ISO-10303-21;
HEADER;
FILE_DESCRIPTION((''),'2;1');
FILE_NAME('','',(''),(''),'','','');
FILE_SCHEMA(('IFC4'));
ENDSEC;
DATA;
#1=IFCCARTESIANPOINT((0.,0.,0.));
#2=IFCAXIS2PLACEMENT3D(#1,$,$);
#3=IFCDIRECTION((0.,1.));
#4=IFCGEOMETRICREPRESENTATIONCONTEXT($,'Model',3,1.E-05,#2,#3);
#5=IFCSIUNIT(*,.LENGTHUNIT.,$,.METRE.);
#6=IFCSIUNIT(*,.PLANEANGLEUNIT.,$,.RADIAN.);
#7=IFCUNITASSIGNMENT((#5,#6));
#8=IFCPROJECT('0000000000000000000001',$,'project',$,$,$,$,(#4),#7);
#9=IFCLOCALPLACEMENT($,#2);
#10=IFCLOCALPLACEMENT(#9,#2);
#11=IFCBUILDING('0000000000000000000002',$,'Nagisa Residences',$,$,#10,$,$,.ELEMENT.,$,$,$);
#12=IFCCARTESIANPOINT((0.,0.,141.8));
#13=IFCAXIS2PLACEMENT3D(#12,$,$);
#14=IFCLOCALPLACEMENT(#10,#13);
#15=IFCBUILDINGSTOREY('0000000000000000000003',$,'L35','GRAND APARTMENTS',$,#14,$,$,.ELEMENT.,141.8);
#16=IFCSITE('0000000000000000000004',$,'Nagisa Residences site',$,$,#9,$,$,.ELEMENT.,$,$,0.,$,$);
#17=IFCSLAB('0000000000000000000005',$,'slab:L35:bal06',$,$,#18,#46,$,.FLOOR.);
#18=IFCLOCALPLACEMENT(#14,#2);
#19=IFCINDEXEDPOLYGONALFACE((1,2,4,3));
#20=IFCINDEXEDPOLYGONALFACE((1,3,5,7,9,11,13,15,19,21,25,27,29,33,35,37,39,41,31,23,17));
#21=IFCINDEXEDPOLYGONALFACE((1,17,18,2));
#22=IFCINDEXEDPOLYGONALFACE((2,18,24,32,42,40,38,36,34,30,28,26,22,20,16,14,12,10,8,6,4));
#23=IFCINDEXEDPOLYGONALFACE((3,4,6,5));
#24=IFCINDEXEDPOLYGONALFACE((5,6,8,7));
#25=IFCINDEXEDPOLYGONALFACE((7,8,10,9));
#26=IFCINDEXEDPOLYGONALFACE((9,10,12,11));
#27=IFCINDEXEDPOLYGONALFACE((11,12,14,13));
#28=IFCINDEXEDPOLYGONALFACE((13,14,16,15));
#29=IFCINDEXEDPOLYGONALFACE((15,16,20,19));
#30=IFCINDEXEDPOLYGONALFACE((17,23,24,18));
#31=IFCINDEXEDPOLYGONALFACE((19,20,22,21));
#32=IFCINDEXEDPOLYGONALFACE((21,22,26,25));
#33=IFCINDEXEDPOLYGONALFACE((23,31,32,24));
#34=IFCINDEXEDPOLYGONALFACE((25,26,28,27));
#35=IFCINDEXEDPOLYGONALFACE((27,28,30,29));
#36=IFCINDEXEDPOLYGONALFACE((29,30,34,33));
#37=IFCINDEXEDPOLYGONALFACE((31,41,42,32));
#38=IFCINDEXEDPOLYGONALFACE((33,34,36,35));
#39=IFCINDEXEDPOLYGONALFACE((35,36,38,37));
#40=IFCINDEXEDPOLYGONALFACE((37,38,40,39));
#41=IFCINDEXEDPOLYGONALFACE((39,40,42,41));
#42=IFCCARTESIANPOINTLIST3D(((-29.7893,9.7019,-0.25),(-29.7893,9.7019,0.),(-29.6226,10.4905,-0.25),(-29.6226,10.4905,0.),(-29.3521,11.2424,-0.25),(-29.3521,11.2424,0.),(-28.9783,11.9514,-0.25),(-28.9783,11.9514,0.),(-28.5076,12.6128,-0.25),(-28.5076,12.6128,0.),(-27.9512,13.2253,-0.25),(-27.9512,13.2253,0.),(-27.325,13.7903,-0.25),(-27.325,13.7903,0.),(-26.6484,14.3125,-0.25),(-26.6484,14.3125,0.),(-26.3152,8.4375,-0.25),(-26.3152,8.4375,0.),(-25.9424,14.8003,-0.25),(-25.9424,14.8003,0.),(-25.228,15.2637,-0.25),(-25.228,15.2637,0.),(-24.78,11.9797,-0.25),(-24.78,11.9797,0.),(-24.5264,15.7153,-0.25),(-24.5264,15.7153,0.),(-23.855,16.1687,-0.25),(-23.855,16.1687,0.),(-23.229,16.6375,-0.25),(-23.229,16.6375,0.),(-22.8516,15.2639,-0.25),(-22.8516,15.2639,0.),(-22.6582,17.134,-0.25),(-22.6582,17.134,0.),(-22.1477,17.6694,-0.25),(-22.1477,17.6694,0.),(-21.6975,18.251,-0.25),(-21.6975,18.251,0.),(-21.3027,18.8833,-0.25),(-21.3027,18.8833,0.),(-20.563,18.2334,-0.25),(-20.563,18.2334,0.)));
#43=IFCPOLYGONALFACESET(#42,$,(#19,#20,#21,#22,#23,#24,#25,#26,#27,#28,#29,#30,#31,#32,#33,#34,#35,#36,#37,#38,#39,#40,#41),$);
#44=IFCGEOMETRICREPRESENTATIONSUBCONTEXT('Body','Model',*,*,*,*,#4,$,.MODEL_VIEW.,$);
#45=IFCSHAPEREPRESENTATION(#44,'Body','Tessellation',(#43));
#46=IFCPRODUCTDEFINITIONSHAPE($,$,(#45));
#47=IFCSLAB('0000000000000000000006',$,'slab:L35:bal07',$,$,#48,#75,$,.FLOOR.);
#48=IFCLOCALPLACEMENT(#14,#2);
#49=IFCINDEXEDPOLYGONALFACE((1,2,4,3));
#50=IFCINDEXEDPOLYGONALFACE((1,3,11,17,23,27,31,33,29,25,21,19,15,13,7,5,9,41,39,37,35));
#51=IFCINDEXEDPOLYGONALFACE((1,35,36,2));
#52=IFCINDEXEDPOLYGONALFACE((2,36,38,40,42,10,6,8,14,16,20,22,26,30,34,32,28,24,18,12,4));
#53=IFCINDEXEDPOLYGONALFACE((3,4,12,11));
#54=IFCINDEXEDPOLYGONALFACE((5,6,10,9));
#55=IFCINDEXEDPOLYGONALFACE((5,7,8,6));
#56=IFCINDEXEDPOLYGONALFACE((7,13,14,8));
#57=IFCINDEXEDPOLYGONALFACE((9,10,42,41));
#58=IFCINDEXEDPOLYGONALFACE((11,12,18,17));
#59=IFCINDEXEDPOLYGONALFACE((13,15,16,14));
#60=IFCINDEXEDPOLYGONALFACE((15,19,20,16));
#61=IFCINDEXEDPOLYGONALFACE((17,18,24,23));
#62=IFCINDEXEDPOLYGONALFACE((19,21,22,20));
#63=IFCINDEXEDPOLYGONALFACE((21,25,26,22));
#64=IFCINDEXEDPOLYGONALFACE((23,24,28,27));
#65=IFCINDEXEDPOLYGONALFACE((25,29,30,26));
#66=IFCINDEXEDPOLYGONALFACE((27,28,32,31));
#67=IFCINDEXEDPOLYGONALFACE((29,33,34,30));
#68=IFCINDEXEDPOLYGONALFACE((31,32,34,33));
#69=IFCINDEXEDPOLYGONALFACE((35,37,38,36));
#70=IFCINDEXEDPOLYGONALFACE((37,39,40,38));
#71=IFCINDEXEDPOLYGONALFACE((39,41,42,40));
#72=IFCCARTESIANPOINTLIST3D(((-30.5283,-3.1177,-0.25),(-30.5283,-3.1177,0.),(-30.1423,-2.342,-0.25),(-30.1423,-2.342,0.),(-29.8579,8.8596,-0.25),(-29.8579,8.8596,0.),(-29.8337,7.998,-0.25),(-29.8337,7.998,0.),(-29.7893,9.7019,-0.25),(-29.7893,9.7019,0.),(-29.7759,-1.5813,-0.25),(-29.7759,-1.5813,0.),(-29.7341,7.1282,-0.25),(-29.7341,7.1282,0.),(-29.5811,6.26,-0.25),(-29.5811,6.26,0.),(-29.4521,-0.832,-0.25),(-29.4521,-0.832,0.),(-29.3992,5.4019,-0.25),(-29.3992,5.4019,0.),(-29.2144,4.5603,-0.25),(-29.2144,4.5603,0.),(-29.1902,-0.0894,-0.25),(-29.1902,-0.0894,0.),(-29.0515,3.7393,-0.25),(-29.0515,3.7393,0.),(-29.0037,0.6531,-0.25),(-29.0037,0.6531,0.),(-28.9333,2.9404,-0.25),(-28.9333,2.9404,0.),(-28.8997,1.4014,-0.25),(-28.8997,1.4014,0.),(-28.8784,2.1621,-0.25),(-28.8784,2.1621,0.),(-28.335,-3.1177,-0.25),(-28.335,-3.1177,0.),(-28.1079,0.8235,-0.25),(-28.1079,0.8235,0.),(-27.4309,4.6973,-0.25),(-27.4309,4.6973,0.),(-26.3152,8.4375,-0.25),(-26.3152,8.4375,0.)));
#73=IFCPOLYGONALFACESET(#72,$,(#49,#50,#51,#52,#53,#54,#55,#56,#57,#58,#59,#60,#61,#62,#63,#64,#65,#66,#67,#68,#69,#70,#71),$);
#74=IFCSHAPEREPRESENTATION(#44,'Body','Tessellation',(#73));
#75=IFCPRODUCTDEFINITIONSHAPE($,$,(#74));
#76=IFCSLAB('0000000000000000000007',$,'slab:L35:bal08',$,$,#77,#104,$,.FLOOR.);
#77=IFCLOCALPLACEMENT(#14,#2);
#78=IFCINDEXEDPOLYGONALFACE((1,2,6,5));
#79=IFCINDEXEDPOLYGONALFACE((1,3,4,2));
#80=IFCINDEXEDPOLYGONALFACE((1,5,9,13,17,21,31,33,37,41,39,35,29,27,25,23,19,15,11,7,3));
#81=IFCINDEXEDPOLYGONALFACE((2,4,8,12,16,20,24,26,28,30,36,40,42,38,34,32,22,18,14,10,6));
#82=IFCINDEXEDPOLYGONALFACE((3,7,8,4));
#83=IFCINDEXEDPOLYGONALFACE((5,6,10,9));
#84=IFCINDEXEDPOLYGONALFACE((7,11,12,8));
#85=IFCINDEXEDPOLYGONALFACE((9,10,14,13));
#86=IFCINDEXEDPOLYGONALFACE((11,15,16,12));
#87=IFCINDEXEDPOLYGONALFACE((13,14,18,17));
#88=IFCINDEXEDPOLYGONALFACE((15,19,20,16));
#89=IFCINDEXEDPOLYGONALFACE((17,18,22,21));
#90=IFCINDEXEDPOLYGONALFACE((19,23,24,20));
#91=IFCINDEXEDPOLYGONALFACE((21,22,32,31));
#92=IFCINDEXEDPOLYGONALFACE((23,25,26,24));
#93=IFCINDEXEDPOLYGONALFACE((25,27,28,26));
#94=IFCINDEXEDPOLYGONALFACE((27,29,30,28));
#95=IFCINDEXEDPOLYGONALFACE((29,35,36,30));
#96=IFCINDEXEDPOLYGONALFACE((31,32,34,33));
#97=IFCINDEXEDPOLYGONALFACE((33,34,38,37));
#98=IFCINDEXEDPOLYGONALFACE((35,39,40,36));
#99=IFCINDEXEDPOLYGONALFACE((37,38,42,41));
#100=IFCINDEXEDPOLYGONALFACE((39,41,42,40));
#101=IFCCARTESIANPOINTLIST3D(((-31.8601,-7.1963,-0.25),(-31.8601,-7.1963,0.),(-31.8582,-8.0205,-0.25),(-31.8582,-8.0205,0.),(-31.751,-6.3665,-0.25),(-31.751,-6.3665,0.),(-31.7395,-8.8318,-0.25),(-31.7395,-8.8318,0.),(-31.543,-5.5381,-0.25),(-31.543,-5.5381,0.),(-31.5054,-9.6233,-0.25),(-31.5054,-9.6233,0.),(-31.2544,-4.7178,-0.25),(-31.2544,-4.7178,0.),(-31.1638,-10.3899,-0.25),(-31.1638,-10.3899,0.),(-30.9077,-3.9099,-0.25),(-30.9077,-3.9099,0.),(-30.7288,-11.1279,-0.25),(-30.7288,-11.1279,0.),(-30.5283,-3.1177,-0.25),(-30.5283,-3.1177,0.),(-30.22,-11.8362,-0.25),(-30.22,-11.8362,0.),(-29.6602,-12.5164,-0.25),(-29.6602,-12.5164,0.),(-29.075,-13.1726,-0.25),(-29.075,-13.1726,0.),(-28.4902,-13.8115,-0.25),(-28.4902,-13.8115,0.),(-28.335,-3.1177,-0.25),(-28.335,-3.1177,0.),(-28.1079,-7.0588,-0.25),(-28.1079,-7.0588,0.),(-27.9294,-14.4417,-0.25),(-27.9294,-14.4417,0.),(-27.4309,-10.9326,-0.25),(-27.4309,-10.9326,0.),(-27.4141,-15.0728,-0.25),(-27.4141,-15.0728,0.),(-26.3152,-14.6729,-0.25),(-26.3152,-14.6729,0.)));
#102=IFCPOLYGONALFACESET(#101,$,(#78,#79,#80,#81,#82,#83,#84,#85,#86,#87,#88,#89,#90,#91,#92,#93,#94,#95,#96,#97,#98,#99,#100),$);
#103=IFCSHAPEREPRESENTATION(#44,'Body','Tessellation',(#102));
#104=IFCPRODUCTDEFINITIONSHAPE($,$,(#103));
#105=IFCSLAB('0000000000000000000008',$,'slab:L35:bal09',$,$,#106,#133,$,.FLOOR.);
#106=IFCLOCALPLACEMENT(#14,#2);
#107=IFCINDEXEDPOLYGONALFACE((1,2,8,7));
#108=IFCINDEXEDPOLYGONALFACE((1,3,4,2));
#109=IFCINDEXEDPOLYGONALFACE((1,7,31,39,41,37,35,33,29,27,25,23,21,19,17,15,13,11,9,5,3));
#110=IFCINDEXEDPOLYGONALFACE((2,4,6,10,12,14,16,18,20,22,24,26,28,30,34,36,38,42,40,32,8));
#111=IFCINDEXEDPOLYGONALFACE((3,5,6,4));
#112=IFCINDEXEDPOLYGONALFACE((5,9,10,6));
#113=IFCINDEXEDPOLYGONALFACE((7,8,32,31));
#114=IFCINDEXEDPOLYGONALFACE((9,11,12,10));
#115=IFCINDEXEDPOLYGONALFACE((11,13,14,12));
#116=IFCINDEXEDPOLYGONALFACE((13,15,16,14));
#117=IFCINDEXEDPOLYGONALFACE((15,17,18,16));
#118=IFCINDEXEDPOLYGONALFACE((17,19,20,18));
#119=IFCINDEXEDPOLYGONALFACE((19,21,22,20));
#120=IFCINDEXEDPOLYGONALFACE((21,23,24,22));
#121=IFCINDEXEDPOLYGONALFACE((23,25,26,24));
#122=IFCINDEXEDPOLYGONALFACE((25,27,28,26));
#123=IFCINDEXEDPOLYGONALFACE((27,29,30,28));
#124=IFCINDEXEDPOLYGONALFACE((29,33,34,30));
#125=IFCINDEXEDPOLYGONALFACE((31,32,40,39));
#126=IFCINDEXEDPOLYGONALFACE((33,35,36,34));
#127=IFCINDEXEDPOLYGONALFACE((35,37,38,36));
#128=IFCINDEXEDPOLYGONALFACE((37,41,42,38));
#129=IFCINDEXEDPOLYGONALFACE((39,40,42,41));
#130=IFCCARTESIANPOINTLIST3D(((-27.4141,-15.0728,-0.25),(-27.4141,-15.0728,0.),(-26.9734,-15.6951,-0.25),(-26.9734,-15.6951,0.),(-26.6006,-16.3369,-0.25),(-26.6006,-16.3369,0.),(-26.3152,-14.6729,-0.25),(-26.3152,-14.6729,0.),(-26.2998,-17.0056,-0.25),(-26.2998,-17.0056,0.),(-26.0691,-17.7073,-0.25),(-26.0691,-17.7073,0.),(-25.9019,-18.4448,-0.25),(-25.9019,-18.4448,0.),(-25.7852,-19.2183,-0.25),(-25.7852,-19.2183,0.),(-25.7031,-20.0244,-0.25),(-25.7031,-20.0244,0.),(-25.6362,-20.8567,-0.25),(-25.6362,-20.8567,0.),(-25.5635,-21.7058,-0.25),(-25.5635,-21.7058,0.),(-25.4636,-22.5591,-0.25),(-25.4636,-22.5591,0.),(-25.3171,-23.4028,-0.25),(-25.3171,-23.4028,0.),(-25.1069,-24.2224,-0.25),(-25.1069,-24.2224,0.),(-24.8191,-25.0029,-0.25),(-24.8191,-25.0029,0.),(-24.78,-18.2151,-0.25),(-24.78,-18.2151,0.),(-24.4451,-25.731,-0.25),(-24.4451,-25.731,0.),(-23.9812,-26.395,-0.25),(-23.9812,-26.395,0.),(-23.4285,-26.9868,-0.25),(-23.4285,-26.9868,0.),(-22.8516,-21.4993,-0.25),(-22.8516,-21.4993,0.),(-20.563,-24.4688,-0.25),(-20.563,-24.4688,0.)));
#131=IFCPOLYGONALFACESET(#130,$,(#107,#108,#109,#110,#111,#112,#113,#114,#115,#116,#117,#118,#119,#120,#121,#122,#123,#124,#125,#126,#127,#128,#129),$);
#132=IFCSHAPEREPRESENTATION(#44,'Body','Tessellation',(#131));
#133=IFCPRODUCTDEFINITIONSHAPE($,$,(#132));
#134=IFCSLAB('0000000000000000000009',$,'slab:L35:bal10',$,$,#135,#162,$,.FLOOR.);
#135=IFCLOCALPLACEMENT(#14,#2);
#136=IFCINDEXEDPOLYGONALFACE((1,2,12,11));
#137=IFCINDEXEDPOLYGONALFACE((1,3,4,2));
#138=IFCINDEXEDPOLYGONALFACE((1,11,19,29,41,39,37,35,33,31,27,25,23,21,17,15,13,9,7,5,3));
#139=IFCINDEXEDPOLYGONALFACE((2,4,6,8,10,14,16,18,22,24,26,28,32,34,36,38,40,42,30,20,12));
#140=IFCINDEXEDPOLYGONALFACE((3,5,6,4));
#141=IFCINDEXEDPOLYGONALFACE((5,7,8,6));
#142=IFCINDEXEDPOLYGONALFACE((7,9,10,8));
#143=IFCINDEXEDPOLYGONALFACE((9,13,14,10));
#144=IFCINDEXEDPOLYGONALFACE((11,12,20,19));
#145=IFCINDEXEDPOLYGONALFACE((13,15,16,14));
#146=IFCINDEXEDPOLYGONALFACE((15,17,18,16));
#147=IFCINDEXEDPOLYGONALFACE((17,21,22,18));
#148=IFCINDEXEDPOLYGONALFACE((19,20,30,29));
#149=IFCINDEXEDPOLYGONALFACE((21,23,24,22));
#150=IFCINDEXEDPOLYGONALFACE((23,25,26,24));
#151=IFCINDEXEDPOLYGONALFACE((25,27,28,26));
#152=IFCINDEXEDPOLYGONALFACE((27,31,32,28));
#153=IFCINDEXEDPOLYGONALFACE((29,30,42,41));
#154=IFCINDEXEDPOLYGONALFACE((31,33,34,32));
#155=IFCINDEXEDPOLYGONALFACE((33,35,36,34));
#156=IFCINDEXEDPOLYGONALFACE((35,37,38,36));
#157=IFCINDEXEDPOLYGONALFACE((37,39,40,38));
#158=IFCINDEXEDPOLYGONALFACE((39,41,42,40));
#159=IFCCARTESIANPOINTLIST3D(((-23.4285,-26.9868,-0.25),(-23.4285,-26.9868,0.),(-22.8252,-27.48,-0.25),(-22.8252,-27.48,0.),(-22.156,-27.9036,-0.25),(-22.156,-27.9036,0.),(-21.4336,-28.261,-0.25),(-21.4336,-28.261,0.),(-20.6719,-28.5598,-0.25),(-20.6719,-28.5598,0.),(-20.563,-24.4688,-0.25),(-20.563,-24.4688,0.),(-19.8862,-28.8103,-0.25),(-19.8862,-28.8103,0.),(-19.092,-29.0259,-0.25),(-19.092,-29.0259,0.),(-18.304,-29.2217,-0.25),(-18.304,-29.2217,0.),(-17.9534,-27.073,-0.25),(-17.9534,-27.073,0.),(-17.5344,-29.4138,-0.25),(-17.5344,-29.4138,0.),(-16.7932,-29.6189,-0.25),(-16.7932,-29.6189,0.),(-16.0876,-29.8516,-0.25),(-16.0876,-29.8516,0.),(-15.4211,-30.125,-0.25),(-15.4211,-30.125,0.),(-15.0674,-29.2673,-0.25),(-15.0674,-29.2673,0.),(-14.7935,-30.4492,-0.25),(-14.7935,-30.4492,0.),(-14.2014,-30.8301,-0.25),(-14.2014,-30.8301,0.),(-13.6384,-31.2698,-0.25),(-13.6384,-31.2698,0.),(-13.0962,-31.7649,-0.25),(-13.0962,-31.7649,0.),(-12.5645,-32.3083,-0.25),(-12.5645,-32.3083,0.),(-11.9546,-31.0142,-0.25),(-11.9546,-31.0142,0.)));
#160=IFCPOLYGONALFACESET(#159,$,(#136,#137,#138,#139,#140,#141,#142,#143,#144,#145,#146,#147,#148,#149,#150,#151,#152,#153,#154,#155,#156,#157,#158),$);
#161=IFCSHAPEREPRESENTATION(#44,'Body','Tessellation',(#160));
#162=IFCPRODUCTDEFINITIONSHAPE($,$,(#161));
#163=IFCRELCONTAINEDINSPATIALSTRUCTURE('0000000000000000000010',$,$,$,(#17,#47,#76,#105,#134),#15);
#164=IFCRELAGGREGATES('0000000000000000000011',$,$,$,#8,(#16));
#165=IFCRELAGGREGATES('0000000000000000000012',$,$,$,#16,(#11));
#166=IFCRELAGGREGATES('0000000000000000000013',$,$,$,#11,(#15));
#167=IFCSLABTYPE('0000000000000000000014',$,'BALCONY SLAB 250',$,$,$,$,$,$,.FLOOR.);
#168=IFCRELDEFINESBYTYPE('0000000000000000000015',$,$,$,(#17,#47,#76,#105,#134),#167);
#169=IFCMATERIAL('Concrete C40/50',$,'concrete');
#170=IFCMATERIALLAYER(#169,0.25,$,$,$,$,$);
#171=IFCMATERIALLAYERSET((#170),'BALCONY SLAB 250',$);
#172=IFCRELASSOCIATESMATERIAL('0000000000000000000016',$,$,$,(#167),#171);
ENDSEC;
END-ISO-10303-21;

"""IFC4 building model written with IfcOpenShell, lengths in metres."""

from ifc_helpers import new_model, si_unit, direction, frame, origin, place, context, subcontext, project, spatial, polyline, outline, extrude, material, layer, layer_set, type_object, element, save


model = new_model("IFC4")

# Units and contexts
model_context = context("Model", 3, precision=1e-05, world=origin(), true_north=direction((0.0, 1.0)))
body_context = subcontext(model_context, "Body", "Model", "MODEL_VIEW")
ifc_project = project(units=[si_unit("LENGTHUNIT", "METRE"), si_unit("PLANEANGLEUNIT", "RADIAN")], contexts=[model_context])

# Site, building, storey
site_placement = place(None, origin())
site = spatial("IfcSite", under=ifc_project, at=site_placement, Name="Nagisa Residences site", CompositionType="ELEMENT", RefElevation=0.0)
building_placement = place(site_placement, origin())
building = spatial("IfcBuilding", under=site, at=building_placement, Name="Nagisa Residences", CompositionType="ELEMENT")
storey_placement = place(building_placement, frame((0.0, 0.0, 141.8)))
storey = spatial("IfcBuildingStorey", under=building, at=storey_placement, Name="L35", Description="GRAND APARTMENTS", CompositionType="ELEMENT", Elevation=141.8)

# Slabs
ifc_material_1 = material(Name="Concrete C40/50", Category="concrete")
ifc_layer_1 = layer(ifc_material_1, 0.25)
ifc_layer_set_1 = layer_set([ifc_layer_1], Name="BALCONY SLAB 250")
slab_type = type_object("IfcSlabType", Name="BALCONY SLAB 250", PredefinedType="FLOOR", material=ifc_layer_set_1)
slab_1_placement = place(storey_placement, frame((0.0, 0.0, -0.25)))
element("IfcSlab", 1, at=slab_1_placement, inside=storey, type_object=slab_type, Name="slab:L35:bal06", PredefinedType="FLOOR", context=body_context, shape_type="SweptSolid", body=[
    extrude(outline(polyline([(-21.3027, 18.8833), (-21.6975, 18.251), (-22.1477, 17.6694), (-22.6582, 17.134), (-23.229, 16.6375), (-23.855, 16.1687), (-24.5264, 15.7153), (-25.228, 15.2637), (-25.9424, 14.8003), (-26.6484, 14.3125), (-27.325, 13.7903), (-27.9512, 13.2253), (-28.5076, 12.6128), (-28.9783, 11.9514), (-29.3521, 11.2424), (-29.6226, 10.4905), (-29.7893, 9.7019), (-26.3152, 8.4375), (-24.78, 11.9797), (-22.8516, 15.2639), (-20.563, 18.2334), (-21.3027, 18.8833)])), origin(), (0.0, 0.0, 1.0), 0.25),
])
slab_2_placement = place(storey_placement, frame((0.0, 0.0, -0.25)))
element("IfcSlab", 2, at=slab_2_placement, inside=storey, type_object=slab_type, Name="slab:L35:bal07", PredefinedType="FLOOR", context=body_context, shape_type="SweptSolid", body=[
    extrude(outline(polyline([(-29.7893, 9.7019), (-29.8579, 8.8596), (-29.8337, 7.998), (-29.7341, 7.1282), (-29.5811, 6.26), (-29.3992, 5.4019), (-29.2144, 4.5603), (-29.0515, 3.7393), (-28.9333, 2.9404), (-28.8784, 2.1621), (-28.8997, 1.4014), (-29.0037, 0.6531), (-29.1902, -0.0894), (-29.4521, -0.832), (-29.7759, -1.5813), (-30.1423, -2.342), (-30.5283, -3.1177), (-28.335, -3.1177), (-28.1079, 0.8235), (-27.4309, 4.6973), (-26.3152, 8.4375), (-29.7893, 9.7019)])), origin(), (0.0, 0.0, 1.0), 0.25),
])
slab_3_placement = place(storey_placement, frame((0.0, 0.0, -0.25)))
element("IfcSlab", 3, at=slab_3_placement, inside=storey, type_object=slab_type, Name="slab:L35:bal08", PredefinedType="FLOOR", context=body_context, shape_type="SweptSolid", body=[
    extrude(outline(polyline([(-30.5283, -3.1177), (-30.9077, -3.9099), (-31.2544, -4.7178), (-31.543, -5.5381), (-31.751, -6.3665), (-31.8601, -7.1963), (-31.8582, -8.0205), (-31.7395, -8.8318), (-31.5054, -9.6233), (-31.1638, -10.3899), (-30.7288, -11.1279), (-30.22, -11.8362), (-29.6602, -12.5164), (-29.075, -13.1726), (-28.4902, -13.8115), (-27.9294, -14.4417), (-27.4141, -15.0728), (-26.3152, -14.6729), (-27.4309, -10.9326), (-28.1079, -7.0588), (-28.335, -3.1177), (-30.5283, -3.1177)])), origin(), (0.0, 0.0, 1.0), 0.25),
])
slab_4_placement = place(storey_placement, frame((0.0, 0.0, -0.25)))
element("IfcSlab", 4, at=slab_4_placement, inside=storey, type_object=slab_type, Name="slab:L35:bal09", PredefinedType="FLOOR", context=body_context, shape_type="SweptSolid", body=[
    extrude(outline(polyline([(-27.4141, -15.0728), (-26.9734, -15.6951), (-26.6006, -16.3369), (-26.2998, -17.0056), (-26.0691, -17.7073), (-25.9019, -18.4448), (-25.7852, -19.2183), (-25.7031, -20.0244), (-25.6362, -20.8567), (-25.5635, -21.7058), (-25.4636, -22.5591), (-25.3171, -23.4028), (-25.1069, -24.2224), (-24.8191, -25.0029), (-24.4451, -25.731), (-23.9812, -26.395), (-23.4285, -26.9868), (-20.563, -24.4688), (-22.8516, -21.4993), (-24.78, -18.2151), (-26.3152, -14.6729), (-27.4141, -15.0728)])), origin(), (0.0, 0.0, 1.0), 0.25),
])
slab_5_placement = place(storey_placement, frame((0.0, 0.0, -0.25)))
element("IfcSlab", 5, at=slab_5_placement, inside=storey, type_object=slab_type, Name="slab:L35:bal10", PredefinedType="FLOOR", context=body_context, shape_type="SweptSolid", body=[
    extrude(outline(polyline([(-23.4285, -26.9868), (-22.8252, -27.48), (-22.156, -27.9036), (-21.4336, -28.261), (-20.6719, -28.5598), (-19.8862, -28.8103), (-19.092, -29.0259), (-18.304, -29.2217), (-17.5344, -29.4138), (-16.7932, -29.6189), (-16.0876, -29.8516), (-15.4211, -30.125), (-14.7935, -30.4492), (-14.2014, -30.8301), (-13.6384, -31.2698), (-13.0962, -31.7649), (-12.5645, -32.3083), (-11.9546, -31.0142), (-15.0674, -29.2673), (-17.9534, -27.073), (-20.563, -24.4688), (-23.4285, -26.9868)])), origin(), (0.0, 0.0, 1.0), 0.25),
])

save(model, "model.ifc")
